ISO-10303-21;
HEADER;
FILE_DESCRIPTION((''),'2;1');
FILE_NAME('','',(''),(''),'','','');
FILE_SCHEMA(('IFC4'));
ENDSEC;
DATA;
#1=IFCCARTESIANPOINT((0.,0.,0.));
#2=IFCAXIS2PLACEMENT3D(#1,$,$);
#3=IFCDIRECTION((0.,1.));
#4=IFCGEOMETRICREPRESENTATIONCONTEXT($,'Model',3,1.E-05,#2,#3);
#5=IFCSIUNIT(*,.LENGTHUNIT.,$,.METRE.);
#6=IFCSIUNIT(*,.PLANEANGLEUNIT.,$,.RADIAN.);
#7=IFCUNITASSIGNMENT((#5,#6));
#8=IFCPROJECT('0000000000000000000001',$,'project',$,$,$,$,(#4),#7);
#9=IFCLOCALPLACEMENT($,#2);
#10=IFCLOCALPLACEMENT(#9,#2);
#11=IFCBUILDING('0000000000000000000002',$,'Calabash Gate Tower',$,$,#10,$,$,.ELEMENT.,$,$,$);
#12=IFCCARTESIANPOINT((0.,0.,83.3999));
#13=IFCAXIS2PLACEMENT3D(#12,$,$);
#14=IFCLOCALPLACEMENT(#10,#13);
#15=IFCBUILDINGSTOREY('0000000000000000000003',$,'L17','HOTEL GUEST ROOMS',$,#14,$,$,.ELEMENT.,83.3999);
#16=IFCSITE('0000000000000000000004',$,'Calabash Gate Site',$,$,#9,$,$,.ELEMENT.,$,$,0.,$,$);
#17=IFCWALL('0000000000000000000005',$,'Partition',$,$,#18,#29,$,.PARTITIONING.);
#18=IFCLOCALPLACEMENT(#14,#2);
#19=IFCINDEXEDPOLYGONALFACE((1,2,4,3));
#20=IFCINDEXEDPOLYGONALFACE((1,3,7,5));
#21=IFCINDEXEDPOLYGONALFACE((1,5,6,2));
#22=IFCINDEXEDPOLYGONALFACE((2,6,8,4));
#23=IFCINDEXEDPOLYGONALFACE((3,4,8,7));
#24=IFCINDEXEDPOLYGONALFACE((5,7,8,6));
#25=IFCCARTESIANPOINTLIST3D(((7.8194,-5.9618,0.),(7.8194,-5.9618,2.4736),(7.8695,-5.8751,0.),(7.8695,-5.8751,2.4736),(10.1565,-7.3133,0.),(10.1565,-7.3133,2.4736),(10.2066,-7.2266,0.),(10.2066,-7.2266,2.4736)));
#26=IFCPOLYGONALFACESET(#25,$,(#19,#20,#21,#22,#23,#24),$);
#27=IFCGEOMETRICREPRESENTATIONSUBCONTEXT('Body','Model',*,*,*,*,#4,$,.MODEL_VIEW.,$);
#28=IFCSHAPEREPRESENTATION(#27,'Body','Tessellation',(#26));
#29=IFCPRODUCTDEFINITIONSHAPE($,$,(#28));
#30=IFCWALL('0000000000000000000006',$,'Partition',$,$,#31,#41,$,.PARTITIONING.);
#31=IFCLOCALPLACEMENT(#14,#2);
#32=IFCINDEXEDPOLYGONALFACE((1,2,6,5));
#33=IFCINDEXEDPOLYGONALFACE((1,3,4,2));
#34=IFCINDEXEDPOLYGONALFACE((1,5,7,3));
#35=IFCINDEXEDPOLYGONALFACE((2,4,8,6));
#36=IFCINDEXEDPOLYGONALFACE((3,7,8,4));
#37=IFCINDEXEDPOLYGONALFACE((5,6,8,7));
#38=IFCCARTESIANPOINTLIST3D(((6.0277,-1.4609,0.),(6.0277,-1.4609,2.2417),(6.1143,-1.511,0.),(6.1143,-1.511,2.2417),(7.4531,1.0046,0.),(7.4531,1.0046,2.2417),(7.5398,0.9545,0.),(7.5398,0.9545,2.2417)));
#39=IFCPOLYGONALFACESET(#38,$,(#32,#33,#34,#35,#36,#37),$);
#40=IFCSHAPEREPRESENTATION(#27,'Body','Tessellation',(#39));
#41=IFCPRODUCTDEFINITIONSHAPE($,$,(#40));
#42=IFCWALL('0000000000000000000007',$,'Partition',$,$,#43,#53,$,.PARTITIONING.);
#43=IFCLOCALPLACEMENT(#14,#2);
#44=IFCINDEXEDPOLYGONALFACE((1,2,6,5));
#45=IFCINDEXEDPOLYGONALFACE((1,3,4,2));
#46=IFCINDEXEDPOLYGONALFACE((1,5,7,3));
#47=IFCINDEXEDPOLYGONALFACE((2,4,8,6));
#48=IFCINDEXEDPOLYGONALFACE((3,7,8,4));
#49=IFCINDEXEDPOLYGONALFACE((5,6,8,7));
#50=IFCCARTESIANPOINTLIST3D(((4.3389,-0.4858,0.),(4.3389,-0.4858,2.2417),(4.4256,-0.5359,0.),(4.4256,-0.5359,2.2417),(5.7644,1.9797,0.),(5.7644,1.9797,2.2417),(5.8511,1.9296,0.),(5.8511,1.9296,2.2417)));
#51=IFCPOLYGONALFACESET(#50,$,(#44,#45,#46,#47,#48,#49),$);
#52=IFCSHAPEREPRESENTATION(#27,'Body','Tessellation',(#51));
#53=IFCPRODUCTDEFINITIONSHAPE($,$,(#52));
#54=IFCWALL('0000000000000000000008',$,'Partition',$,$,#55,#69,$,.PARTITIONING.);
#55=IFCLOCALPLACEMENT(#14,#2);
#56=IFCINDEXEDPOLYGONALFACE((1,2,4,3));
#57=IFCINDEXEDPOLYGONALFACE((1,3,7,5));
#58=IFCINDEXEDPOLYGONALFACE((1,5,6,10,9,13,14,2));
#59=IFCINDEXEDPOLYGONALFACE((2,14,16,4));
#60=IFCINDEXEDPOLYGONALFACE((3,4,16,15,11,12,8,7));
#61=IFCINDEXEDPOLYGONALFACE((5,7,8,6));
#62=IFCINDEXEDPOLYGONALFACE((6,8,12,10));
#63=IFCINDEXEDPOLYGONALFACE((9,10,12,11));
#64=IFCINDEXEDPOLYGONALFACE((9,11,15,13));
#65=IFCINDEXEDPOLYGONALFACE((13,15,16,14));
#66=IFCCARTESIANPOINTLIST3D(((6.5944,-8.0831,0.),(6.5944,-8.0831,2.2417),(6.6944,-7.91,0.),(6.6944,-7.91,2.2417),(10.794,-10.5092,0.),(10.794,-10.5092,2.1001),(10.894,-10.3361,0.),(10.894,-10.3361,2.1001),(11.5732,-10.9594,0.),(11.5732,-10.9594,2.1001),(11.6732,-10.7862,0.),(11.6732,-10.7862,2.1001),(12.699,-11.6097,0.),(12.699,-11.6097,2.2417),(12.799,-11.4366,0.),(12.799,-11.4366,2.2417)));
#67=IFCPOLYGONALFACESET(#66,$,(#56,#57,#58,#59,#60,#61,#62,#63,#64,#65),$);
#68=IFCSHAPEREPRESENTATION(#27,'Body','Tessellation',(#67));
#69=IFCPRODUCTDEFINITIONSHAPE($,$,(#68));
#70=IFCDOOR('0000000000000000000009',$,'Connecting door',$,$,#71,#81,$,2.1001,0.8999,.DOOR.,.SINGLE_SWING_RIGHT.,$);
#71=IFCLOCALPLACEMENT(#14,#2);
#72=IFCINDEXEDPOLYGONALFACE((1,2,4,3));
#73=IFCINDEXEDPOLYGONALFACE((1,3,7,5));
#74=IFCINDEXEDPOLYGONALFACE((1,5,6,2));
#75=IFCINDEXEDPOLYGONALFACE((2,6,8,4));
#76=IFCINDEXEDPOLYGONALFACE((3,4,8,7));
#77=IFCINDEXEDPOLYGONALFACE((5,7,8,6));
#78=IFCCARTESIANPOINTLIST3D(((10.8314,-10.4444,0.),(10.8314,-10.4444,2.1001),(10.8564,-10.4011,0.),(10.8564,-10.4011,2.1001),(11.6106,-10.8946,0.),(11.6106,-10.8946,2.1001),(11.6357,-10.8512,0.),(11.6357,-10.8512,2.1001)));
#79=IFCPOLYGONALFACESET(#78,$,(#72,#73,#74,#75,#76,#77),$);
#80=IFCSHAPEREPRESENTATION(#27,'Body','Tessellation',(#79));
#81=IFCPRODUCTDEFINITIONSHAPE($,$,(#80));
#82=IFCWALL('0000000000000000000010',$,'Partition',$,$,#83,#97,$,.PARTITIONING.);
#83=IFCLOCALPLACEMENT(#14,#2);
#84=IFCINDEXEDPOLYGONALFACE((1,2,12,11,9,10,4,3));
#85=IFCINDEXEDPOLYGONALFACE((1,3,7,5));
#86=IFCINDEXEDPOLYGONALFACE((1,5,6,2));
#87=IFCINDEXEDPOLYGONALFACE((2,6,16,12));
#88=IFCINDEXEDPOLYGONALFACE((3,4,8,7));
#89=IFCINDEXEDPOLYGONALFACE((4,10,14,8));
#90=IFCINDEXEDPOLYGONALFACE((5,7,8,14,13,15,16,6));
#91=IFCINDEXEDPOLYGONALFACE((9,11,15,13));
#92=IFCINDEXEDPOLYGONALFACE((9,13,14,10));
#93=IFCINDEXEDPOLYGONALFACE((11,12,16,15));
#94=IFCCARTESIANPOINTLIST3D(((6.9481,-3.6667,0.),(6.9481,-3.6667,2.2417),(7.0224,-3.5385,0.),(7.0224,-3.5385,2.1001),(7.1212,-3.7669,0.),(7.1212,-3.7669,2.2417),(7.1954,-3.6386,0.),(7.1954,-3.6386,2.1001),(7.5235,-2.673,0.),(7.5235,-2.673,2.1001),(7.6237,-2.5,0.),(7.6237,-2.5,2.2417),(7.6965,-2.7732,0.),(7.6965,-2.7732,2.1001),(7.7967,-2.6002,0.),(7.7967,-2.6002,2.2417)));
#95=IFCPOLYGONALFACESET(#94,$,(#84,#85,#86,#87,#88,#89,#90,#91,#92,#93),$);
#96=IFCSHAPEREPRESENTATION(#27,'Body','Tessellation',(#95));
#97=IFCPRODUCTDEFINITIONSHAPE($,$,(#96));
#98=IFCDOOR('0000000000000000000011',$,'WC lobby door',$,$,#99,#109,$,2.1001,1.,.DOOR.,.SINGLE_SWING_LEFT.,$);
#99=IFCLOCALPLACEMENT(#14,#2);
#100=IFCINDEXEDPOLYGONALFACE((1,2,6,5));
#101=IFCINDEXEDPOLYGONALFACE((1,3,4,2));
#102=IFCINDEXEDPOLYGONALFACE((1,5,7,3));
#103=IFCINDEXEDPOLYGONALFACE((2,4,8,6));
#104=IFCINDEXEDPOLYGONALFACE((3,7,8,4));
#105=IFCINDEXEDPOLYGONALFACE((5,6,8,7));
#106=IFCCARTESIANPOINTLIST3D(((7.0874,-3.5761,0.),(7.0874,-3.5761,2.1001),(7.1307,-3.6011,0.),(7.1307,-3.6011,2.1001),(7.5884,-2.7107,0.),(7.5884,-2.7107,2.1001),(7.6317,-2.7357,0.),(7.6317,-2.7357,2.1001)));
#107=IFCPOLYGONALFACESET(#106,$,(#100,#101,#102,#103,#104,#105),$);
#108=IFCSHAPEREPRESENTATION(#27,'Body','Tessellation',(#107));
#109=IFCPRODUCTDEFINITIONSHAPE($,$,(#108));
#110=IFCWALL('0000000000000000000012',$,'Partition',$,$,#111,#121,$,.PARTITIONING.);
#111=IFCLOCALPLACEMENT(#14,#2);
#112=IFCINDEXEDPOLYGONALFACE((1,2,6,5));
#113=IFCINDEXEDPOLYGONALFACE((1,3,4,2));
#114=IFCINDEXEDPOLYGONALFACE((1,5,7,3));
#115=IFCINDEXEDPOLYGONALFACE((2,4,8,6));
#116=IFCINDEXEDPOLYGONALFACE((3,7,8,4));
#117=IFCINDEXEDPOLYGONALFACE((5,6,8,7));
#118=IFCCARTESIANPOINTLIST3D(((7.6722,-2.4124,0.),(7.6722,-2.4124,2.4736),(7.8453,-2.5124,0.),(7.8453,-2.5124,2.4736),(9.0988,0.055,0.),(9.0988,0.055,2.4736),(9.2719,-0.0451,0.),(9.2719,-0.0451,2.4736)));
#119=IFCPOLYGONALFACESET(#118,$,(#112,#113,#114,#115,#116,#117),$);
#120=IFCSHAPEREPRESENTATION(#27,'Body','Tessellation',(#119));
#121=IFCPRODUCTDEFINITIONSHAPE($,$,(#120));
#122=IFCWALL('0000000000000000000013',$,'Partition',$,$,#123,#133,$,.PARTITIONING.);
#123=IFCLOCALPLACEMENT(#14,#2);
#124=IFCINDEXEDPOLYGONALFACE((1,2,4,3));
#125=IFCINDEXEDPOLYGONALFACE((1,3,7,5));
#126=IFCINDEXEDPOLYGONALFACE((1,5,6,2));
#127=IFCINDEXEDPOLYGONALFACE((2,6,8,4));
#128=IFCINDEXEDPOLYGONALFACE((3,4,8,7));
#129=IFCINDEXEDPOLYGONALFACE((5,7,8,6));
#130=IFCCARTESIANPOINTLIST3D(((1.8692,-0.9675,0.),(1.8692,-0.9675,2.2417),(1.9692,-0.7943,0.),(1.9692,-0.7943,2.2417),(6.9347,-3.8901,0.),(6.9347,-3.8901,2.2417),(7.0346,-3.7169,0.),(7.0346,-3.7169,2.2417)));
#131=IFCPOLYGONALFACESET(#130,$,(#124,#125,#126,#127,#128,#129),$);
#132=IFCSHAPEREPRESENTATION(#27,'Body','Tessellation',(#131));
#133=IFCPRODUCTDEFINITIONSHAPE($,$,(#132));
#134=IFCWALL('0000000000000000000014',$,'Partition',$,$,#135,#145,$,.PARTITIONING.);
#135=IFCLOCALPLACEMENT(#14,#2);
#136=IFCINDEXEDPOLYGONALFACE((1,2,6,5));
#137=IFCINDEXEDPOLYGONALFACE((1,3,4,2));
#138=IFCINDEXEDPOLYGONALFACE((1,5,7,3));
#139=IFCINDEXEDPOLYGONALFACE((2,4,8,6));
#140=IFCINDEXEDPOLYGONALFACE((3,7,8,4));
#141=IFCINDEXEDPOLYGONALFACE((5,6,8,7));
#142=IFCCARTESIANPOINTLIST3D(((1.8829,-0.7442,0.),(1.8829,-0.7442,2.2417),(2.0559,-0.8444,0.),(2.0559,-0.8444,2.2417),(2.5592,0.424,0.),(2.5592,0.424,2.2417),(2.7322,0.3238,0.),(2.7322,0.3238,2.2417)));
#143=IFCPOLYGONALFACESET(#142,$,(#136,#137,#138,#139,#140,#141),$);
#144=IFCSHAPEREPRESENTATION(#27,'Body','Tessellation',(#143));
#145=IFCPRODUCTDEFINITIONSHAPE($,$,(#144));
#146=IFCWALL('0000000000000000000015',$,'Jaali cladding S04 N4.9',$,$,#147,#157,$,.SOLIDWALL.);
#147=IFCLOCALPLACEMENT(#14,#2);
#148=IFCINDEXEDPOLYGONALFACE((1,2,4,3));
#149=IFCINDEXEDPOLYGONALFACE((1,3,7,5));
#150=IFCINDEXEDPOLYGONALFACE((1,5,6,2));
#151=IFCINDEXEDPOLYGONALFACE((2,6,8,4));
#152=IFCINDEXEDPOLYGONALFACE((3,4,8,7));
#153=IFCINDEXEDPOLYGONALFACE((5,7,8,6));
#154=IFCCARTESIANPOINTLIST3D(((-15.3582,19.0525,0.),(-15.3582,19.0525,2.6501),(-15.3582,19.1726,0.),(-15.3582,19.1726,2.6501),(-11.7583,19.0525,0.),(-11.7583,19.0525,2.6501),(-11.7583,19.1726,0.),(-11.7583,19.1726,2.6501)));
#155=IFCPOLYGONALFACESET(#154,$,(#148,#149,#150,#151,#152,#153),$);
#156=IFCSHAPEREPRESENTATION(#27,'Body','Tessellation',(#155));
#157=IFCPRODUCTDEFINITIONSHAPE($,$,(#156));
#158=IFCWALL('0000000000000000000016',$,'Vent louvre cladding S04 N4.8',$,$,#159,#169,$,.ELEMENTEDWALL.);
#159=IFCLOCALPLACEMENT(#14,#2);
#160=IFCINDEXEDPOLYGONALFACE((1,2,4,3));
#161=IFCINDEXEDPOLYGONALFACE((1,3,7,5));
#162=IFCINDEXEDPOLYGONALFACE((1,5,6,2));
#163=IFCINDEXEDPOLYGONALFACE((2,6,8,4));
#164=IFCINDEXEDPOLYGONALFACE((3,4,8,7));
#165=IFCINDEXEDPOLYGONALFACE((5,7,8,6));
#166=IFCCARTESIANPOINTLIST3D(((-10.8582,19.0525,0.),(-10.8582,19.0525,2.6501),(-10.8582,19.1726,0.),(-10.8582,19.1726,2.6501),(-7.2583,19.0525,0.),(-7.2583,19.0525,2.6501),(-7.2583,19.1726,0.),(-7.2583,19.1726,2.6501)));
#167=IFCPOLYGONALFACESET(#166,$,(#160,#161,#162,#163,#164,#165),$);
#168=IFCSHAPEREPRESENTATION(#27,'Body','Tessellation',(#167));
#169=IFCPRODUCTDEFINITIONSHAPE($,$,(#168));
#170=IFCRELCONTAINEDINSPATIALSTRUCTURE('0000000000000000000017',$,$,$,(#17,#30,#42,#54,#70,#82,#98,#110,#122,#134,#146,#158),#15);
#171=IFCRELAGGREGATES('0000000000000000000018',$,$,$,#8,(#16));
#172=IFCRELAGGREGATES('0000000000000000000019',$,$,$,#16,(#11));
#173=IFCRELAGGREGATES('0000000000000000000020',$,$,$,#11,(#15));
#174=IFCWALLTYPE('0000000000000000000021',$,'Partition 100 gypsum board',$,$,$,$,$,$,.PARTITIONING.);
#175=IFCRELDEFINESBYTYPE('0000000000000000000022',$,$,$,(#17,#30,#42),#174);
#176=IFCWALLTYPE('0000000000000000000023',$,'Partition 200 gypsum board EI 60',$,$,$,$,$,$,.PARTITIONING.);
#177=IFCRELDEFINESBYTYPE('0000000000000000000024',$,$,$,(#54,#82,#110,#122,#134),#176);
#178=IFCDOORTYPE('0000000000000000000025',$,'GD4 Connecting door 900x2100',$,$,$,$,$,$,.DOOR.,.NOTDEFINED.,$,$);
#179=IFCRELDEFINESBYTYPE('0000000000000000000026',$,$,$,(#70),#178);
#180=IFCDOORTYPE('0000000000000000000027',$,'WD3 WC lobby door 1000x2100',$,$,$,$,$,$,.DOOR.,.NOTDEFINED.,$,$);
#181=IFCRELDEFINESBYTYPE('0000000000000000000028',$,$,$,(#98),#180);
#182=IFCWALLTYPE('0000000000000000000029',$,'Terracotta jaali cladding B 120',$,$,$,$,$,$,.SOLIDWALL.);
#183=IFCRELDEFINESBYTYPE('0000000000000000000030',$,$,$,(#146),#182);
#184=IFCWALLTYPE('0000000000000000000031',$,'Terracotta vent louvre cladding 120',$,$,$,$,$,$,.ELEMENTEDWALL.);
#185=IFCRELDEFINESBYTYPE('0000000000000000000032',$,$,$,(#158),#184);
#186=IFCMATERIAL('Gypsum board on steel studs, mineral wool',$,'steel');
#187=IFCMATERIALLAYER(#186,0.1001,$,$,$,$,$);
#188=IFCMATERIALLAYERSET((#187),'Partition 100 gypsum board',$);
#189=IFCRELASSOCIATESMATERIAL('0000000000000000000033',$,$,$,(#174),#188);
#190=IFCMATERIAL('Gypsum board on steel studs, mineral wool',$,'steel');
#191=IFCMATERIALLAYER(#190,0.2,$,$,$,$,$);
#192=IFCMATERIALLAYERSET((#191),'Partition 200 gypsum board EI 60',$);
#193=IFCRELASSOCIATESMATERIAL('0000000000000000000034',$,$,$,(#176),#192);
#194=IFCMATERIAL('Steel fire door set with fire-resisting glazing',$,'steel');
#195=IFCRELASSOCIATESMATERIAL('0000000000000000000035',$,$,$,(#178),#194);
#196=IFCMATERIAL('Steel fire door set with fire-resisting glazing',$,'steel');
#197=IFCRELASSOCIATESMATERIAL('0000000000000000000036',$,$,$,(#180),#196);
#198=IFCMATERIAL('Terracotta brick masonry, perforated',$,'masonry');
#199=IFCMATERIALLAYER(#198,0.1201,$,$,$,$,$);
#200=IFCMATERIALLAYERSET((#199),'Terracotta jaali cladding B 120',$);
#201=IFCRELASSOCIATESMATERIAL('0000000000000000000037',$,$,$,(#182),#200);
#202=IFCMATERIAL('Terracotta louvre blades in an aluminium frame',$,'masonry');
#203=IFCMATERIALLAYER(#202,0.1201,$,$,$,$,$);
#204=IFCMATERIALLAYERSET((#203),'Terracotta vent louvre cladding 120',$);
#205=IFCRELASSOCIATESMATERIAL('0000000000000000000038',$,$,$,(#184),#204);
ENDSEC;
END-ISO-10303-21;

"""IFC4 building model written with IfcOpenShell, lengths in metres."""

from ifc_helpers import new_model, si_unit, direction, frame, frame_2d, origin, place, context, subcontext, project, spatial, polyline, rectangle, outline, extrude, material, layer, layer_set, type_object, element, fill, save


model = new_model("IFC4")

# Units and contexts
model_context = context("Model", 3, precision=1e-05, world=origin(), true_north=direction((0.0, 1.0)))
body_context = subcontext(model_context, "Body", "Model", "MODEL_VIEW")
ifc_project = project(units=[si_unit("LENGTHUNIT", "METRE"), si_unit("PLANEANGLEUNIT", "RADIAN")], contexts=[model_context])

# Site, building, storey
site_placement = place(None, origin())
site = spatial("IfcSite", under=ifc_project, at=site_placement, Name="Calabash Gate Site", CompositionType="ELEMENT", RefElevation=0.0)
building_placement = place(site_placement, origin())
building = spatial("IfcBuilding", under=site, at=building_placement, Name="Calabash Gate Tower", CompositionType="ELEMENT")
storey_placement = place(building_placement, frame((0.0, 0.0, 83.3999)))
storey = spatial("IfcBuildingStorey", under=building, at=storey_placement, Name="L17", Description="HOTEL GUEST ROOMS", CompositionType="ELEMENT", Elevation=83.3999)

# Walls
ifc_material_1 = material(Name="Gypsum board on steel studs, mineral wool", Category="steel")
ifc_layer_1 = layer(ifc_material_1, 0.1001)
ifc_layer_set_1 = layer_set([ifc_layer_1], Name="Partition 100 gypsum board")
wall_type_1 = type_object("IfcWallType", Name="Partition 100 gypsum board", PredefinedType="PARTITIONING", material=ifc_layer_set_1)
wall_1_placement = place(storey_placement, frame((7.8445, -5.9185, 0.0), z_axis=(0.0, 0.0, 1.0), x_axis=(0.865672, -0.500612, 0.0)))
element("IfcWall", 1, at=wall_1_placement, inside=storey, type_object=wall_type_1, Name="Partition", PredefinedType="PARTITIONING", context=body_context, shape_type="SweptSolid", body=[
    extrude(rectangle(XDim=2.6997, YDim=0.1001, at=frame_2d((1.3499, 0.0))), origin(), (0.0, 0.0, 1.0), 2.4736),
])
for number, where, z_axis, x_axis, name in (
    (2, (6.071, -1.4858, 0.0), (0.0, 0.0, 1.0), (0.500536, 0.865716, 0.0), "Partition"),
    (3, (4.3823, -0.5107, 0.0), (0.0, 0.0, 1.0), (0.500536, 0.865716, 0.0), "Partition"),
):
    element("IfcWall", number, at=place(storey_placement, frame(where, z_axis=z_axis, x_axis=x_axis)), inside=storey, type_object=wall_type_1, Name=name, PredefinedType="PARTITIONING", context=body_context, shape_type="SweptSolid", body=[
        extrude(rectangle(XDim=2.8479, YDim=0.1001, at=frame_2d((1.4238, 0.0))), origin(), (0.0, 0.0, 1.0), 2.2417),
    ])

# Walls, openings, doors
ifc_material_2 = material(Name="Gypsum board on steel studs, mineral wool", Category="steel")
ifc_layer_2 = layer(ifc_material_2, 0.2)
ifc_layer_set_2 = layer_set([ifc_layer_2], Name="Partition 200 gypsum board EI 60")
wall_type_2 = type_object("IfcWallType", Name="Partition 200 gypsum board EI 60", PredefinedType="PARTITIONING", material=ifc_layer_set_2)
wall_2_placement = place(storey_placement, frame((6.6445, -7.9966, 0.0), z_axis=(0.0, 0.0, 1.0), x_axis=(0.865891, -0.500232, 0.0)))
wall_2 = element("IfcWall", 4, at=wall_2_placement, inside=storey, type_object=wall_type_2, Name="Partition", PredefinedType="PARTITIONING", context=body_context, shape_type="SweptSolid", body=[
    extrude(rectangle(XDim=7.05, YDim=0.2, at=frame_2d((3.5249, 0.0))), origin(), (0.0, 0.0, 1.0), 2.2417),
])
opening_1_placement = place(wall_2_placement, frame((4.8499, 0.0, 0.0)))
opening_1 = element("IfcOpeningElement", 5, at=opening_1_placement, cuts=wall_2, PredefinedType="OPENING", context=body_context, shape_type="SweptSolid", body=[
    extrude(rectangle(XDim=0.8999, YDim=2.1001, at=frame_2d((0.45, 1.05))), frame((0.0, 0.1099, 0.0), z_axis=(0.0, -1.0, 0.0), x_axis=(1.0, 0.0, 0.0)), (0.0, 0.0, 1.0), 0.22),
])
ifc_material_3 = material(Name="Steel fire door set with fire-resisting glazing", Category="steel")
door_type_1 = type_object("IfcDoorType", Name="GD4 Connecting door 900x2100", OperationType="NOTDEFINED", PredefinedType="DOOR", material=ifc_material_3)
door_1_placement = place(opening_1_placement, origin())
door_1 = element("IfcDoor", 6, at=door_1_placement, inside=storey, type_object=door_type_1, Name="Connecting door", OperationType="SINGLE_SWING_RIGHT", OverallHeight=2.1001, OverallWidth=0.8999, PredefinedType="DOOR", context=body_context, shape_type="SweptSolid", body=[
    extrude(rectangle(XDim=0.8999, YDim=2.1001, at=frame_2d((0.45, 1.05))), frame((0.0, 0.0249, 0.0), z_axis=(0.0, -1.0, 0.0), x_axis=(1.0, 0.0, 0.0)), (0.0, 0.0, 1.0), 0.05),
])
fill(opening_1, door_1)
wall_3_placement = place(storey_placement, frame((7.0347, -3.7168, 0.0), z_axis=(0.0, 0.0, 1.0), x_axis=(0.501065, 0.86541, 0.0)))
wall_3 = element("IfcWall", 7, at=wall_3_placement, inside=storey, type_object=wall_type_2, Name="Partition", PredefinedType="PARTITIONING", context=body_context, shape_type="SweptSolid", body=[
    extrude(rectangle(XDim=1.3481, YDim=0.2, at=frame_2d((0.6741, 0.0))), origin(), (0.0, 0.0, 1.0), 2.2417),
])
opening_2_placement = place(wall_3_placement, frame((0.1482, 0.0, 0.0)))
opening_2 = element("IfcOpeningElement", 8, at=opening_2_placement, cuts=wall_3, PredefinedType="OPENING", context=body_context, shape_type="SweptSolid", body=[
    extrude(rectangle(XDim=1.0, YDim=2.1001, at=frame_2d((0.5, 1.05))), frame((0.0, 0.1099, 0.0), z_axis=(0.0, -1.0, 0.0), x_axis=(1.0, 0.0, 0.0)), (0.0, 0.0, 1.0), 0.22),
])
ifc_material_4 = material(Name="Steel fire door set with fire-resisting glazing", Category="steel")
door_type_2 = type_object("IfcDoorType", Name="WD3 WC lobby door 1000x2100", OperationType="NOTDEFINED", PredefinedType="DOOR", material=ifc_material_4)
door_2_placement = place(opening_2_placement, origin())
door_2 = element("IfcDoor", 9, at=door_2_placement, inside=storey, type_object=door_type_2, Name="WC lobby door", OperationType="SINGLE_SWING_LEFT", OverallHeight=2.1001, OverallWidth=1.0, PredefinedType="DOOR", context=body_context, shape_type="SweptSolid", body=[
    extrude(rectangle(XDim=1.0, YDim=2.1001, at=frame_2d((0.5, 1.05))), frame((0.0, 0.0249, 0.0), z_axis=(0.0, -1.0, 0.0), x_axis=(1.0, 0.0, 0.0)), (0.0, 0.0, 1.0), 0.05),
])
fill(opening_2, door_2)

# Walls
wall_4_placement = place(storey_placement, frame((7.7588, -2.4624, 0.0), z_axis=(0.0, 0.0, 1.0), x_axis=(0.500533, 0.865717, 0.0)))
element("IfcWall", 10, at=wall_4_placement, inside=storey, type_object=wall_type_2, Name="Partition", PredefinedType="PARTITIONING", context=body_context, shape_type="SweptSolid", body=[
    extrude(rectangle(XDim=2.8501, YDim=0.2, at=frame_2d((1.425, 0.0))), origin(), (0.0, 0.0, 1.0), 2.4736),
])
wall_5_placement = place(storey_placement, frame((1.9192, -0.8809, 0.0), z_axis=(0.0, 0.0, 1.0), x_axis=(0.866168, -0.499754, 0.0)))
element("IfcWall", 11, at=wall_5_placement, inside=storey, type_object=wall_type_2, Name="Partition", PredefinedType="PARTITIONING", context=body_context, shape_type="SweptSolid", body=[
    extrude(rectangle(XDim=5.8481, YDim=0.2, at=frame_2d((2.9241, 0.0))), origin(), (0.0, 0.0, 1.0), 2.2417),
])
wall_6_placement = place(storey_placement, frame((1.9695, -0.7942, 0.0), z_axis=(0.0, 0.0, 1.0), x_axis=(0.501001, 0.865447, 0.0)))
element("IfcWall", 12, at=wall_6_placement, inside=storey, type_object=wall_type_2, Name="Partition", PredefinedType="PARTITIONING", context=body_context, shape_type="SweptSolid", body=[
    extrude(rectangle(XDim=1.3499, YDim=0.2, at=frame_2d((0.6748, 0.0))), origin(), (0.0, 0.0, 1.0), 2.2417),
])
ifc_material_5 = material(Name="Terracotta brick masonry, perforated", Category="masonry")
ifc_layer_3 = layer(ifc_material_5, 0.1201)
ifc_layer_set_3 = layer_set([ifc_layer_3], Name="Terracotta jaali cladding B 120")
wall_type_3 = type_object("IfcWallType", Name="Terracotta jaali cladding B 120", PredefinedType="SOLIDWALL", material=ifc_layer_set_3)
wall_7_placement = place(storey_placement, origin())
element("IfcWall", 13, at=wall_7_placement, inside=storey, type_object=wall_type_3, Name="Jaali cladding S04 N4.9", PredefinedType="SOLIDWALL", context=body_context, shape_type="SweptSolid", body=[
    extrude(outline(polyline([(-15.3582, 19.1726), (-15.3582, 19.0525), (-11.7583, 19.0525), (-11.7583, 19.1726), (-15.3582, 19.1726)])), origin(), (0.0, 0.0, 1.0), 2.6501),
])
ifc_material_6 = material(Name="Terracotta louvre blades in an aluminium frame", Category="masonry")
ifc_layer_4 = layer(ifc_material_6, 0.1201)
ifc_layer_set_4 = layer_set([ifc_layer_4], Name="Terracotta vent louvre cladding 120")
wall_type_4 = type_object("IfcWallType", Name="Terracotta vent louvre cladding 120", PredefinedType="ELEMENTEDWALL", material=ifc_layer_set_4)
wall_8_placement = place(storey_placement, origin())
element("IfcWall", 14, at=wall_8_placement, inside=storey, type_object=wall_type_4, Name="Vent louvre cladding S04 N4.8", PredefinedType="ELEMENTEDWALL", context=body_context, shape_type="SweptSolid", body=[
    extrude(outline(polyline([(-10.8582, 19.1726), (-10.8582, 19.0525), (-7.2583, 19.0525), (-7.2583, 19.1726), (-10.8582, 19.1726)])), origin(), (0.0, 0.0, 1.0), 2.6501),
])

save(model, "model.ifc")
